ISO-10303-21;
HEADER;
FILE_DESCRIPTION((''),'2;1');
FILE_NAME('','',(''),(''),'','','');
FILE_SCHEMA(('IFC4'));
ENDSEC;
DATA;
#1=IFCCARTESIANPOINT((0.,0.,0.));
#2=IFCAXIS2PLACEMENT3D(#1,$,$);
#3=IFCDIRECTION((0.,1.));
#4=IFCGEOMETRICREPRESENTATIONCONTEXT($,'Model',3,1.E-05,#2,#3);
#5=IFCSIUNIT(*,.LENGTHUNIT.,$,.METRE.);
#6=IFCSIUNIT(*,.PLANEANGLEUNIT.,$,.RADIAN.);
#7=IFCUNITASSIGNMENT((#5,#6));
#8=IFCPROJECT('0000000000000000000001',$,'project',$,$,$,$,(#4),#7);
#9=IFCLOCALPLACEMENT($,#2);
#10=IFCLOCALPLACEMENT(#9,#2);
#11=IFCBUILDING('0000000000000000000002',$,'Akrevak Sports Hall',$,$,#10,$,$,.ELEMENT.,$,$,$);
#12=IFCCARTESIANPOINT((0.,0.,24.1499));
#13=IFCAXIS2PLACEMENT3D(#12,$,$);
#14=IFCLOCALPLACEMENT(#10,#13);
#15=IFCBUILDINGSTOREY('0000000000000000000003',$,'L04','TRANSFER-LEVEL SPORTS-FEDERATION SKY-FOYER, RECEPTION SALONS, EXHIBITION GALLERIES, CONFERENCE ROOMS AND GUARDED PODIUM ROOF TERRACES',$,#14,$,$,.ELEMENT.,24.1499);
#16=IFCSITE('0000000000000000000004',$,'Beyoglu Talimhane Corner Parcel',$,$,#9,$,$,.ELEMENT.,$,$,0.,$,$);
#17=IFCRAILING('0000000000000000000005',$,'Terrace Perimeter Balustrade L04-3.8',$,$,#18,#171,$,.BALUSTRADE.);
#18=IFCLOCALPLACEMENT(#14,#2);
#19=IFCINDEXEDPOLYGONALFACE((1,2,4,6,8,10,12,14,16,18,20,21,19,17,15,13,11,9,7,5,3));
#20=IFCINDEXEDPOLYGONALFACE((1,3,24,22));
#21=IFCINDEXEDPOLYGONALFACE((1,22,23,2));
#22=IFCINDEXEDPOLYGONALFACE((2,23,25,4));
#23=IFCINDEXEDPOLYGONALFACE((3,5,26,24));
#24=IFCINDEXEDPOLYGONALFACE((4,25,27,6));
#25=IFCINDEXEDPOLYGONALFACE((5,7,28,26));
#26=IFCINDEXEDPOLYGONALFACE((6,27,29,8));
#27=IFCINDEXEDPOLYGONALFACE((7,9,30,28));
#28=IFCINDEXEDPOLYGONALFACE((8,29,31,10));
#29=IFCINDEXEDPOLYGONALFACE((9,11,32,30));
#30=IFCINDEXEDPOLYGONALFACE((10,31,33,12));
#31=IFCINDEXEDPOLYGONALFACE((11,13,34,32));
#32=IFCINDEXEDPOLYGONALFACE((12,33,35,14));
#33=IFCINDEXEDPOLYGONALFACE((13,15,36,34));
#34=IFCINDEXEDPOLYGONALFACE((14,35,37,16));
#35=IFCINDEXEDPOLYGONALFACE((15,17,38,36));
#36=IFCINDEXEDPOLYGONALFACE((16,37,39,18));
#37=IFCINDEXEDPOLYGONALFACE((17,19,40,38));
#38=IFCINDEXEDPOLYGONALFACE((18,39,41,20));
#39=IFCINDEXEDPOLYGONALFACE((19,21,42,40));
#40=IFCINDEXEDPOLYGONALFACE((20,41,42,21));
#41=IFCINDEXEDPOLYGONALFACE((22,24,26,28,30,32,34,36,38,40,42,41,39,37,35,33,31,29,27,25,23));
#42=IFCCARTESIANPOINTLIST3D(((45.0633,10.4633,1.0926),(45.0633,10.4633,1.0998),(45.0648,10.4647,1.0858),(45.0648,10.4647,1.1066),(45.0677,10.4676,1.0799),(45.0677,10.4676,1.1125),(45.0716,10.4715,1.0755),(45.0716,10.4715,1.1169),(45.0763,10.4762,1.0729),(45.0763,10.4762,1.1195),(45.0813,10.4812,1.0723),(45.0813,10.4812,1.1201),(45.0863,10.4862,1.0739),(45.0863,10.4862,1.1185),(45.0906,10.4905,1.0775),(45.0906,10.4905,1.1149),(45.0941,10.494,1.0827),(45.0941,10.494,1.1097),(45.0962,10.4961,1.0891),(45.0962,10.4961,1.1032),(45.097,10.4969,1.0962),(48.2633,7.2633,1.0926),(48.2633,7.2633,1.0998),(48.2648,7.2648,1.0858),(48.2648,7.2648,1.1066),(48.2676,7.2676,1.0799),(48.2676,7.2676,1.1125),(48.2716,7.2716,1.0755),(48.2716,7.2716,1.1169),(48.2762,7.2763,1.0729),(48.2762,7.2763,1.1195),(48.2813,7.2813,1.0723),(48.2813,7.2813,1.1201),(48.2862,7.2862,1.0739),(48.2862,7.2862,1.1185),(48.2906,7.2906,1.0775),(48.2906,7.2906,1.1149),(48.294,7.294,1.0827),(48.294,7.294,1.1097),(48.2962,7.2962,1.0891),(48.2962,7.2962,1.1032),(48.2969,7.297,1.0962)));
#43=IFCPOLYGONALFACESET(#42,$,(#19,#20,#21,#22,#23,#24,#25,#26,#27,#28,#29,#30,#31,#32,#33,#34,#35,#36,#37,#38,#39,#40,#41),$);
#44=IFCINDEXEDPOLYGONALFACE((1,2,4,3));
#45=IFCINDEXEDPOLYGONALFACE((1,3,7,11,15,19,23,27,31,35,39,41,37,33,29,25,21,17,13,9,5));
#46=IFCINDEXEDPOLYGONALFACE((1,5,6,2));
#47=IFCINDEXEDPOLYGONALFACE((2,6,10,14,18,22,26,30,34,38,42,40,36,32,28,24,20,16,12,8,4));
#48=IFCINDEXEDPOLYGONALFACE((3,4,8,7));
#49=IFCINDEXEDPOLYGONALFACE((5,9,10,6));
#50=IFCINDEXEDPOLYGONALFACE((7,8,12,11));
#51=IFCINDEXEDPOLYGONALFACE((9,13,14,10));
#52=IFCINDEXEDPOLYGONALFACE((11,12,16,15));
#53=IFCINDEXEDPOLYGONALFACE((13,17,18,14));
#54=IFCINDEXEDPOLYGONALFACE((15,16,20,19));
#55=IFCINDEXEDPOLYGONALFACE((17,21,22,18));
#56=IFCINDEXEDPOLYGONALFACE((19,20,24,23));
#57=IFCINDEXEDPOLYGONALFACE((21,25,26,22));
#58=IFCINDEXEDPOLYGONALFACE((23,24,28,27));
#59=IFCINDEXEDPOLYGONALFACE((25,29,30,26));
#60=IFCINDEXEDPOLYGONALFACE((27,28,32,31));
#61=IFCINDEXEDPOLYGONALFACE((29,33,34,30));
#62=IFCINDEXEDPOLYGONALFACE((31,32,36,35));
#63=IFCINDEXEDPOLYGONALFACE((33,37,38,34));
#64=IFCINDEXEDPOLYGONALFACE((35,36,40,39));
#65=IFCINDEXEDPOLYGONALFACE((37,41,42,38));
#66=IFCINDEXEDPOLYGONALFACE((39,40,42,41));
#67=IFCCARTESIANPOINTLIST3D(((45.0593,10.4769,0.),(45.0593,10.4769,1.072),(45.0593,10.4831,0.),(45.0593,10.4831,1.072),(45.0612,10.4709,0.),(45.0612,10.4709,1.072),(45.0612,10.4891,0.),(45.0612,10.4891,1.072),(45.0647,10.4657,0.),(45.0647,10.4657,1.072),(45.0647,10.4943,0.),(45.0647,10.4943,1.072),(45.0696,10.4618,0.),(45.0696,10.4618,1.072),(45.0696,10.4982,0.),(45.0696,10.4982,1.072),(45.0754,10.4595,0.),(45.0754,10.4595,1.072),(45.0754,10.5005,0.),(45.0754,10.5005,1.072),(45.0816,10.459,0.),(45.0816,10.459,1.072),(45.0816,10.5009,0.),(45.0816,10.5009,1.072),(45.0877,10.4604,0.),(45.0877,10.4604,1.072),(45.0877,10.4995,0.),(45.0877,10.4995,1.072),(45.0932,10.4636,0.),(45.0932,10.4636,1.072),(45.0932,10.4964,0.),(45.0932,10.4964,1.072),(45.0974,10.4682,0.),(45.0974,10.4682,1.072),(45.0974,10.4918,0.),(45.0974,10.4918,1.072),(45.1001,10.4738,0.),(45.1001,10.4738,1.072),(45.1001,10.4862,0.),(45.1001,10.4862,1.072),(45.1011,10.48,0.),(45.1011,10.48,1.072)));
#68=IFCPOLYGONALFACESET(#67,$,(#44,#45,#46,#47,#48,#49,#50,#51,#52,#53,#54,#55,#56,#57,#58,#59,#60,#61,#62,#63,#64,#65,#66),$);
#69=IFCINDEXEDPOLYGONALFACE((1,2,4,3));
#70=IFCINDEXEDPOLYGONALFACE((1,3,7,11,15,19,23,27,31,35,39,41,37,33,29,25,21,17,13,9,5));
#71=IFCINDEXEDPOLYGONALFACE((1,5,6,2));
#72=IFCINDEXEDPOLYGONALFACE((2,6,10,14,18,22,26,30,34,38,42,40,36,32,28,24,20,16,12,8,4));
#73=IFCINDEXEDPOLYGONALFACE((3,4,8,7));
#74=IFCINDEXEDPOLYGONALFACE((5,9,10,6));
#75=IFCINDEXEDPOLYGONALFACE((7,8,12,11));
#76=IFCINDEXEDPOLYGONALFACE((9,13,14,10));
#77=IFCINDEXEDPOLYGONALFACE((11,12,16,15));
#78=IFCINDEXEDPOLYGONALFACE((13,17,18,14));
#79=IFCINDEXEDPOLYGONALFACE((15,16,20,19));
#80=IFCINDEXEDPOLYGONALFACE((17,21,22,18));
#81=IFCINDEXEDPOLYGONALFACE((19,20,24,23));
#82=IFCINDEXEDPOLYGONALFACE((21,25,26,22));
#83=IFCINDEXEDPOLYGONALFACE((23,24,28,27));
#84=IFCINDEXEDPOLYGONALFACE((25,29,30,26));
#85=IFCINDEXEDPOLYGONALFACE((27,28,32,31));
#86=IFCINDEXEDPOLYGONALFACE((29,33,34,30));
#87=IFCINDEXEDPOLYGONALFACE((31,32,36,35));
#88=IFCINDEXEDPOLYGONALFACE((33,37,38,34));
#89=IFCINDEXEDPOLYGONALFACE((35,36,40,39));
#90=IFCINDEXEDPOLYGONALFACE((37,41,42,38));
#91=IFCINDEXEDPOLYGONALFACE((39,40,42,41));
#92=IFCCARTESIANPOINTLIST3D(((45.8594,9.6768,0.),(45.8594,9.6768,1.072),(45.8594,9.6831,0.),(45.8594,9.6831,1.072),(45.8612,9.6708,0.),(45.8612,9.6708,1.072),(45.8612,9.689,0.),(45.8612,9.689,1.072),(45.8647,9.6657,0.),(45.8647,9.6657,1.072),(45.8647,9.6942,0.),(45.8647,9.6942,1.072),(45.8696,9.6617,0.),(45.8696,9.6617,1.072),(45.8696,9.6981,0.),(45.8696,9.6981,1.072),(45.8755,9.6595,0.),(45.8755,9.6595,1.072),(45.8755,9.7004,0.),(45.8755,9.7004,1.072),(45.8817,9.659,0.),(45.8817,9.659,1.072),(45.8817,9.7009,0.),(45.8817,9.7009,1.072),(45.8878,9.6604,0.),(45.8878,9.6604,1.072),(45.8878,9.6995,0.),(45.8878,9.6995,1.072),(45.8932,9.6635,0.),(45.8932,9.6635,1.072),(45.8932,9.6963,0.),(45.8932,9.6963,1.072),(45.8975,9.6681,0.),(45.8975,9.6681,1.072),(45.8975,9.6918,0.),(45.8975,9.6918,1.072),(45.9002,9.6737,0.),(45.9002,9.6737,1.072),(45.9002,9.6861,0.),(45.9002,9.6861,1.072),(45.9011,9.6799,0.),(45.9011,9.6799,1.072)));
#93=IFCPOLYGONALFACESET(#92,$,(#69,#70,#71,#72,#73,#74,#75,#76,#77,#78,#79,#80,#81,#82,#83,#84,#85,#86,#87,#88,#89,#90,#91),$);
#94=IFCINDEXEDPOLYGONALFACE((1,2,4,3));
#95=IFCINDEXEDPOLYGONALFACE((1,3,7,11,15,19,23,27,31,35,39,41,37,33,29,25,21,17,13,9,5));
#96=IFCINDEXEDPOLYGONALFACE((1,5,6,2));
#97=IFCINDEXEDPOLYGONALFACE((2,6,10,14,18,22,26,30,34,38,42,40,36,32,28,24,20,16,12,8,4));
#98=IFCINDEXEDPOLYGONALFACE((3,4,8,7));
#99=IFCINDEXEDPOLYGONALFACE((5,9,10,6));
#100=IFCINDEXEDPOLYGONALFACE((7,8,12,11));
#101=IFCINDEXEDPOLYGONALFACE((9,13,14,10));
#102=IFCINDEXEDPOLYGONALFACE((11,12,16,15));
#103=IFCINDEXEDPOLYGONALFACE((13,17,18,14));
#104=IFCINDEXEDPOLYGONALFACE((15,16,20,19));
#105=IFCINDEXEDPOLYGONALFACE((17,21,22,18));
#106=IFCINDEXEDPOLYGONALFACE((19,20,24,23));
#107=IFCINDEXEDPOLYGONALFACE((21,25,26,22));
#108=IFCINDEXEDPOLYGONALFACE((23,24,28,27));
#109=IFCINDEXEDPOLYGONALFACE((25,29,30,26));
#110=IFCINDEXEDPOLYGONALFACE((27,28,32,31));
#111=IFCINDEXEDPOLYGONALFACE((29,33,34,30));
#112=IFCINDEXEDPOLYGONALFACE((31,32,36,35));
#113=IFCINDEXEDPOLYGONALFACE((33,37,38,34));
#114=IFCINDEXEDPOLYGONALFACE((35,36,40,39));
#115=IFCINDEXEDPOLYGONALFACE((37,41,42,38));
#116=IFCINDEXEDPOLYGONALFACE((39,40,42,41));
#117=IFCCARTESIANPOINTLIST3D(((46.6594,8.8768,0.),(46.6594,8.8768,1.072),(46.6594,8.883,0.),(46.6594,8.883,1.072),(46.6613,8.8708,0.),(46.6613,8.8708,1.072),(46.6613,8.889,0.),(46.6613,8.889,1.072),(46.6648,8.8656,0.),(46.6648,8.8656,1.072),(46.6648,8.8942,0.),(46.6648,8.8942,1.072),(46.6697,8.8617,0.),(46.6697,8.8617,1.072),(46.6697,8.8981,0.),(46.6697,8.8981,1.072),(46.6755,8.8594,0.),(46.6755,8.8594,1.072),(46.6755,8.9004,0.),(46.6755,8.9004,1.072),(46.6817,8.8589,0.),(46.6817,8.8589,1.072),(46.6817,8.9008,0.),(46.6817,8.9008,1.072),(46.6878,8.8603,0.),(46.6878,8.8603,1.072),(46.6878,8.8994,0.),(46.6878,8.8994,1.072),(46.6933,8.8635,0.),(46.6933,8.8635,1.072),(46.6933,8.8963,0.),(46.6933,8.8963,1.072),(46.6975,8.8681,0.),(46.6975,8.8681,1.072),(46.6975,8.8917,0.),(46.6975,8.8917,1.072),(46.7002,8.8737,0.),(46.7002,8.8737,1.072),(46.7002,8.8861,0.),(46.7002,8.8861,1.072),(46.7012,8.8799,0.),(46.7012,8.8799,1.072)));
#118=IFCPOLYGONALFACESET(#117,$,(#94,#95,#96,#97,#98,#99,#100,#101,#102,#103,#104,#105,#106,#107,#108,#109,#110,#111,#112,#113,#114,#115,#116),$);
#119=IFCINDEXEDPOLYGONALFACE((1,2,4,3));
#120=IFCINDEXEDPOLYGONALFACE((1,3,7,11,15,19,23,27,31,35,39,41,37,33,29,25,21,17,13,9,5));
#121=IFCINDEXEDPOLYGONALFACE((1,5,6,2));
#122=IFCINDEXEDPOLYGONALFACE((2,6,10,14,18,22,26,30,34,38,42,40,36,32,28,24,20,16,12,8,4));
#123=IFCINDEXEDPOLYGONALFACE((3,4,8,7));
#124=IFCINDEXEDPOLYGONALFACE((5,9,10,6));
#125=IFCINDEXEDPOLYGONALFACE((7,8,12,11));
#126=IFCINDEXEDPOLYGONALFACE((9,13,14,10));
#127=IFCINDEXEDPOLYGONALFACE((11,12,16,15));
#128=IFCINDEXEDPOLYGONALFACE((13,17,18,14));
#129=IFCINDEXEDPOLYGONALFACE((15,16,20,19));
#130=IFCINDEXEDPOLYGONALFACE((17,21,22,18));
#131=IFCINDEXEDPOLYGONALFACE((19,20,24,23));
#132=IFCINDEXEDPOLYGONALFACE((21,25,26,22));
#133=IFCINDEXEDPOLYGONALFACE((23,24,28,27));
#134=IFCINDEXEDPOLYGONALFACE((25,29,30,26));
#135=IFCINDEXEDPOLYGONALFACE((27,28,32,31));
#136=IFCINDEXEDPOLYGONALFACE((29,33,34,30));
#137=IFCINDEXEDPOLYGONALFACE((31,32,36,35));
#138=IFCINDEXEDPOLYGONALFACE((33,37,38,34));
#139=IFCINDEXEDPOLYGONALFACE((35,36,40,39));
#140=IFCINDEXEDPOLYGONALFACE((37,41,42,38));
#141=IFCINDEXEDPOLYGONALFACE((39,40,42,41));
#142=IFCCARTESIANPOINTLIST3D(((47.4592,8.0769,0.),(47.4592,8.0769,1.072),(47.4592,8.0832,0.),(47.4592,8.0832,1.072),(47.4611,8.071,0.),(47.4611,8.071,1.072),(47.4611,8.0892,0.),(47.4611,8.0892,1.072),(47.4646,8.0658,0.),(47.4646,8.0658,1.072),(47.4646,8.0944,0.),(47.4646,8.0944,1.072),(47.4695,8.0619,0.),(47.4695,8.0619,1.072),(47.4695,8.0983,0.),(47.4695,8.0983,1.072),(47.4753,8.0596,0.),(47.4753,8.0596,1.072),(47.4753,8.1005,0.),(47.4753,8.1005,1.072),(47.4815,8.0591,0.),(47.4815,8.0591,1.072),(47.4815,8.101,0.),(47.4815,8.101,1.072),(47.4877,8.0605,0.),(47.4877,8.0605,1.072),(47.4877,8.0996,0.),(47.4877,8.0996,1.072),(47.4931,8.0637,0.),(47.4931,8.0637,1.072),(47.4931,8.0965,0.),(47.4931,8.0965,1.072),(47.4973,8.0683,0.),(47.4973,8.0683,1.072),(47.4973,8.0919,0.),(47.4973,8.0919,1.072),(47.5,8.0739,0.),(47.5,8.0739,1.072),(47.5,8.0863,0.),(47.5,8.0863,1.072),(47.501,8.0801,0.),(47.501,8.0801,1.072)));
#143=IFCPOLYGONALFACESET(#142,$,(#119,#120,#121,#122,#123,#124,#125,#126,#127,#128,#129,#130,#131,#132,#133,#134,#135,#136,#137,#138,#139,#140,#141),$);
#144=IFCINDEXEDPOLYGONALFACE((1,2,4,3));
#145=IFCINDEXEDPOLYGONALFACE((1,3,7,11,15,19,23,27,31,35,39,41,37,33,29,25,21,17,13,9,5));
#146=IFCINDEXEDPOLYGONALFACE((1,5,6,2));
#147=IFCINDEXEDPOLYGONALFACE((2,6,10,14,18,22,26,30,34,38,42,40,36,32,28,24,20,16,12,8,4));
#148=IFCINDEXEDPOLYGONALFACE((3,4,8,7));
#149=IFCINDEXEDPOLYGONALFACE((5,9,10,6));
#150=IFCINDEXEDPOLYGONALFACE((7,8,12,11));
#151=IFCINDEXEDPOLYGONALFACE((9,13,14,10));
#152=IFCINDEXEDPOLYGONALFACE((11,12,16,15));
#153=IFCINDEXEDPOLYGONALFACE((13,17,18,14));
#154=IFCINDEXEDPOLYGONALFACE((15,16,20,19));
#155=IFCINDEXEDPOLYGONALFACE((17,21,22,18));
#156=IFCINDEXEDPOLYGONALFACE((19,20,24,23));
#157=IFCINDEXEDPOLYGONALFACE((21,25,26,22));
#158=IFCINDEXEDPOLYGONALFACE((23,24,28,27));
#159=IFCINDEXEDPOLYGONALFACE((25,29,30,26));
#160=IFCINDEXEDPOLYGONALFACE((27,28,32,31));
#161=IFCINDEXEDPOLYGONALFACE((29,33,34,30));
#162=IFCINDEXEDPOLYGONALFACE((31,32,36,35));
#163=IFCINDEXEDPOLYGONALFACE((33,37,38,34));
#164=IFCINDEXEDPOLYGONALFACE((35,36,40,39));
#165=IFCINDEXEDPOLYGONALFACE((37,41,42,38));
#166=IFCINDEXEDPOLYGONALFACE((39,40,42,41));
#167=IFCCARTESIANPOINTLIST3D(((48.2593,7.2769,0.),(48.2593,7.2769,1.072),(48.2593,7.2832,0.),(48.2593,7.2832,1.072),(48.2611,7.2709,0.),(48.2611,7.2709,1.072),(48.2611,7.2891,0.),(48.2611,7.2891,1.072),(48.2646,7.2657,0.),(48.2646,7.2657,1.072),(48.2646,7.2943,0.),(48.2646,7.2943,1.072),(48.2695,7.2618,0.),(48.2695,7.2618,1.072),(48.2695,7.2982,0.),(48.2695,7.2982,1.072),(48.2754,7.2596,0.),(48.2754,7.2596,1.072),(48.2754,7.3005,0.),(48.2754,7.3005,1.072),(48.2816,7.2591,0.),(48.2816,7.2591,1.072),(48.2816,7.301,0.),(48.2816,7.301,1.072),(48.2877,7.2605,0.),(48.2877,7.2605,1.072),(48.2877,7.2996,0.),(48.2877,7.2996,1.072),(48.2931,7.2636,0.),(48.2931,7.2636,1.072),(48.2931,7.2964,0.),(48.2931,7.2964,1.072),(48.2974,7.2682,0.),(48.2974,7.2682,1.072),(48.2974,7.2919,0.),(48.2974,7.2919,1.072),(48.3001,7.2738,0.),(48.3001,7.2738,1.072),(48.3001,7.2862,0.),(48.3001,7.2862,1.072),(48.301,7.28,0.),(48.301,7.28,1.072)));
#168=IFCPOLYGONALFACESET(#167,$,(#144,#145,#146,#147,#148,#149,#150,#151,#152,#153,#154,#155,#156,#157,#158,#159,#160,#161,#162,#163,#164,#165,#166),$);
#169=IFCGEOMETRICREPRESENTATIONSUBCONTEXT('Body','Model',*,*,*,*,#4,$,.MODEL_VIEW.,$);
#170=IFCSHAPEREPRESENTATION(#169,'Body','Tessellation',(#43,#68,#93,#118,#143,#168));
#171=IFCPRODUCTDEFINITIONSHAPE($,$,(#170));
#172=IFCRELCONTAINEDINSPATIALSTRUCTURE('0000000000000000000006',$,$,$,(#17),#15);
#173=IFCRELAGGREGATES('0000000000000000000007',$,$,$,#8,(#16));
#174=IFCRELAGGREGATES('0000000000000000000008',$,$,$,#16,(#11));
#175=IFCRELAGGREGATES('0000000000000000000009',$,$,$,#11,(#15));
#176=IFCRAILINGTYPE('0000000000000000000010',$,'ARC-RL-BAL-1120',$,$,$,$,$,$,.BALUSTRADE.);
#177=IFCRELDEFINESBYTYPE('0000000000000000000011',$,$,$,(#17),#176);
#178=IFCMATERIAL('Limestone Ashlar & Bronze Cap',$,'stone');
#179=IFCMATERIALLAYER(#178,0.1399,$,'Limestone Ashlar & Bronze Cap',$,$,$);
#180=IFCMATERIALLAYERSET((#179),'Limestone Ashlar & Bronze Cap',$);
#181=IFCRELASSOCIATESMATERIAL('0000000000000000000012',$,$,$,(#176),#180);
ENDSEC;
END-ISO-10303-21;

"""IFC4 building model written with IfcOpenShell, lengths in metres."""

from ifc_helpers import new_model, si_unit, direction, frame, origin, origin_2d, place, context, subcontext, project, spatial, circle, extrude, material, layer, layer_set, type_object, element, save


model = new_model("IFC4")

# Units and contexts
model_context = context("Model", 3, precision=1e-05, world=origin(), true_north=direction((0.0, 1.0)))
body_context = subcontext(model_context, "Body", "Model", "MODEL_VIEW")
ifc_project = project(units=[si_unit("LENGTHUNIT", "METRE"), si_unit("PLANEANGLEUNIT", "RADIAN")], contexts=[model_context])

# Site, building, storey
site_placement = place(None, origin())
site = spatial("IfcSite", under=ifc_project, at=site_placement, Name="Beyoglu Talimhane Corner Parcel", CompositionType="ELEMENT", RefElevation=0.0)
building_placement = place(site_placement, origin())
building = spatial("IfcBuilding", under=site, at=building_placement, Name="Akrevak Sports Hall", CompositionType="ELEMENT")
storey_placement = place(building_placement, frame((0.0, 0.0, 24.1499)))
storey = spatial("IfcBuildingStorey", under=building, at=storey_placement, Name="L04", Description="TRANSFER-LEVEL SPORTS-FEDERATION SKY-FOYER, RECEPTION SALONS, EXHIBITION GALLERIES, CONFERENCE ROOMS AND GUARDED PODIUM ROOF TERRACES", CompositionType="ELEMENT", Elevation=24.1499)

# Railing
ifc_material_1 = material(Name="Limestone Ashlar & Bronze Cap", Category="stone")
ifc_layer_1 = layer(ifc_material_1, 0.1399, Name="Limestone Ashlar & Bronze Cap")
ifc_layer_set_1 = layer_set([ifc_layer_1], Name="Limestone Ashlar & Bronze Cap")
railing_type = type_object("IfcRailingType", Name="ARC-RL-BAL-1120", PredefinedType="BALUSTRADE", material=ifc_layer_set_1)
railing_1_placement = place(storey_placement, frame((45.0801, 10.48, 0.0)))
element("IfcRailing", 1, at=railing_1_placement, inside=storey, type_object=railing_type, Name="Terrace Perimeter Balustrade L04-3.8", PredefinedType="BALUSTRADE", context=body_context, shape_type="SweptSolid", body=[
    extrude(circle(Radius=0.0239, at=origin_2d()), frame((0.0, 0.0, 1.0962), z_axis=(0.707107, -0.707107, 0.0), x_axis=(0.707107, 0.707107, 0.0)), (0.0, 0.0, 1.0), 4.5254),
    extrude(circle(Radius=0.021, at=origin_2d()), origin(), (0.0, 0.0, 1.0), 1.072),
    extrude(circle(Radius=0.021, at=origin_2d()), frame((0.8, -0.8, 0.0)), (0.0, 0.0, 1.0), 1.072),
    extrude(circle(Radius=0.021, at=origin_2d()), frame((1.6001, -1.6001, 0.0)), (0.0, 0.0, 1.0), 1.072),
    extrude(circle(Radius=0.021, at=origin_2d()), frame((2.3999, -2.3999, 0.0)), (0.0, 0.0, 1.0), 1.072),
    extrude(circle(Radius=0.021, at=origin_2d()), frame((3.2, -3.2, 0.0)), (0.0, 0.0, 1.0), 1.072),
])

save(model, "model.ifc")
